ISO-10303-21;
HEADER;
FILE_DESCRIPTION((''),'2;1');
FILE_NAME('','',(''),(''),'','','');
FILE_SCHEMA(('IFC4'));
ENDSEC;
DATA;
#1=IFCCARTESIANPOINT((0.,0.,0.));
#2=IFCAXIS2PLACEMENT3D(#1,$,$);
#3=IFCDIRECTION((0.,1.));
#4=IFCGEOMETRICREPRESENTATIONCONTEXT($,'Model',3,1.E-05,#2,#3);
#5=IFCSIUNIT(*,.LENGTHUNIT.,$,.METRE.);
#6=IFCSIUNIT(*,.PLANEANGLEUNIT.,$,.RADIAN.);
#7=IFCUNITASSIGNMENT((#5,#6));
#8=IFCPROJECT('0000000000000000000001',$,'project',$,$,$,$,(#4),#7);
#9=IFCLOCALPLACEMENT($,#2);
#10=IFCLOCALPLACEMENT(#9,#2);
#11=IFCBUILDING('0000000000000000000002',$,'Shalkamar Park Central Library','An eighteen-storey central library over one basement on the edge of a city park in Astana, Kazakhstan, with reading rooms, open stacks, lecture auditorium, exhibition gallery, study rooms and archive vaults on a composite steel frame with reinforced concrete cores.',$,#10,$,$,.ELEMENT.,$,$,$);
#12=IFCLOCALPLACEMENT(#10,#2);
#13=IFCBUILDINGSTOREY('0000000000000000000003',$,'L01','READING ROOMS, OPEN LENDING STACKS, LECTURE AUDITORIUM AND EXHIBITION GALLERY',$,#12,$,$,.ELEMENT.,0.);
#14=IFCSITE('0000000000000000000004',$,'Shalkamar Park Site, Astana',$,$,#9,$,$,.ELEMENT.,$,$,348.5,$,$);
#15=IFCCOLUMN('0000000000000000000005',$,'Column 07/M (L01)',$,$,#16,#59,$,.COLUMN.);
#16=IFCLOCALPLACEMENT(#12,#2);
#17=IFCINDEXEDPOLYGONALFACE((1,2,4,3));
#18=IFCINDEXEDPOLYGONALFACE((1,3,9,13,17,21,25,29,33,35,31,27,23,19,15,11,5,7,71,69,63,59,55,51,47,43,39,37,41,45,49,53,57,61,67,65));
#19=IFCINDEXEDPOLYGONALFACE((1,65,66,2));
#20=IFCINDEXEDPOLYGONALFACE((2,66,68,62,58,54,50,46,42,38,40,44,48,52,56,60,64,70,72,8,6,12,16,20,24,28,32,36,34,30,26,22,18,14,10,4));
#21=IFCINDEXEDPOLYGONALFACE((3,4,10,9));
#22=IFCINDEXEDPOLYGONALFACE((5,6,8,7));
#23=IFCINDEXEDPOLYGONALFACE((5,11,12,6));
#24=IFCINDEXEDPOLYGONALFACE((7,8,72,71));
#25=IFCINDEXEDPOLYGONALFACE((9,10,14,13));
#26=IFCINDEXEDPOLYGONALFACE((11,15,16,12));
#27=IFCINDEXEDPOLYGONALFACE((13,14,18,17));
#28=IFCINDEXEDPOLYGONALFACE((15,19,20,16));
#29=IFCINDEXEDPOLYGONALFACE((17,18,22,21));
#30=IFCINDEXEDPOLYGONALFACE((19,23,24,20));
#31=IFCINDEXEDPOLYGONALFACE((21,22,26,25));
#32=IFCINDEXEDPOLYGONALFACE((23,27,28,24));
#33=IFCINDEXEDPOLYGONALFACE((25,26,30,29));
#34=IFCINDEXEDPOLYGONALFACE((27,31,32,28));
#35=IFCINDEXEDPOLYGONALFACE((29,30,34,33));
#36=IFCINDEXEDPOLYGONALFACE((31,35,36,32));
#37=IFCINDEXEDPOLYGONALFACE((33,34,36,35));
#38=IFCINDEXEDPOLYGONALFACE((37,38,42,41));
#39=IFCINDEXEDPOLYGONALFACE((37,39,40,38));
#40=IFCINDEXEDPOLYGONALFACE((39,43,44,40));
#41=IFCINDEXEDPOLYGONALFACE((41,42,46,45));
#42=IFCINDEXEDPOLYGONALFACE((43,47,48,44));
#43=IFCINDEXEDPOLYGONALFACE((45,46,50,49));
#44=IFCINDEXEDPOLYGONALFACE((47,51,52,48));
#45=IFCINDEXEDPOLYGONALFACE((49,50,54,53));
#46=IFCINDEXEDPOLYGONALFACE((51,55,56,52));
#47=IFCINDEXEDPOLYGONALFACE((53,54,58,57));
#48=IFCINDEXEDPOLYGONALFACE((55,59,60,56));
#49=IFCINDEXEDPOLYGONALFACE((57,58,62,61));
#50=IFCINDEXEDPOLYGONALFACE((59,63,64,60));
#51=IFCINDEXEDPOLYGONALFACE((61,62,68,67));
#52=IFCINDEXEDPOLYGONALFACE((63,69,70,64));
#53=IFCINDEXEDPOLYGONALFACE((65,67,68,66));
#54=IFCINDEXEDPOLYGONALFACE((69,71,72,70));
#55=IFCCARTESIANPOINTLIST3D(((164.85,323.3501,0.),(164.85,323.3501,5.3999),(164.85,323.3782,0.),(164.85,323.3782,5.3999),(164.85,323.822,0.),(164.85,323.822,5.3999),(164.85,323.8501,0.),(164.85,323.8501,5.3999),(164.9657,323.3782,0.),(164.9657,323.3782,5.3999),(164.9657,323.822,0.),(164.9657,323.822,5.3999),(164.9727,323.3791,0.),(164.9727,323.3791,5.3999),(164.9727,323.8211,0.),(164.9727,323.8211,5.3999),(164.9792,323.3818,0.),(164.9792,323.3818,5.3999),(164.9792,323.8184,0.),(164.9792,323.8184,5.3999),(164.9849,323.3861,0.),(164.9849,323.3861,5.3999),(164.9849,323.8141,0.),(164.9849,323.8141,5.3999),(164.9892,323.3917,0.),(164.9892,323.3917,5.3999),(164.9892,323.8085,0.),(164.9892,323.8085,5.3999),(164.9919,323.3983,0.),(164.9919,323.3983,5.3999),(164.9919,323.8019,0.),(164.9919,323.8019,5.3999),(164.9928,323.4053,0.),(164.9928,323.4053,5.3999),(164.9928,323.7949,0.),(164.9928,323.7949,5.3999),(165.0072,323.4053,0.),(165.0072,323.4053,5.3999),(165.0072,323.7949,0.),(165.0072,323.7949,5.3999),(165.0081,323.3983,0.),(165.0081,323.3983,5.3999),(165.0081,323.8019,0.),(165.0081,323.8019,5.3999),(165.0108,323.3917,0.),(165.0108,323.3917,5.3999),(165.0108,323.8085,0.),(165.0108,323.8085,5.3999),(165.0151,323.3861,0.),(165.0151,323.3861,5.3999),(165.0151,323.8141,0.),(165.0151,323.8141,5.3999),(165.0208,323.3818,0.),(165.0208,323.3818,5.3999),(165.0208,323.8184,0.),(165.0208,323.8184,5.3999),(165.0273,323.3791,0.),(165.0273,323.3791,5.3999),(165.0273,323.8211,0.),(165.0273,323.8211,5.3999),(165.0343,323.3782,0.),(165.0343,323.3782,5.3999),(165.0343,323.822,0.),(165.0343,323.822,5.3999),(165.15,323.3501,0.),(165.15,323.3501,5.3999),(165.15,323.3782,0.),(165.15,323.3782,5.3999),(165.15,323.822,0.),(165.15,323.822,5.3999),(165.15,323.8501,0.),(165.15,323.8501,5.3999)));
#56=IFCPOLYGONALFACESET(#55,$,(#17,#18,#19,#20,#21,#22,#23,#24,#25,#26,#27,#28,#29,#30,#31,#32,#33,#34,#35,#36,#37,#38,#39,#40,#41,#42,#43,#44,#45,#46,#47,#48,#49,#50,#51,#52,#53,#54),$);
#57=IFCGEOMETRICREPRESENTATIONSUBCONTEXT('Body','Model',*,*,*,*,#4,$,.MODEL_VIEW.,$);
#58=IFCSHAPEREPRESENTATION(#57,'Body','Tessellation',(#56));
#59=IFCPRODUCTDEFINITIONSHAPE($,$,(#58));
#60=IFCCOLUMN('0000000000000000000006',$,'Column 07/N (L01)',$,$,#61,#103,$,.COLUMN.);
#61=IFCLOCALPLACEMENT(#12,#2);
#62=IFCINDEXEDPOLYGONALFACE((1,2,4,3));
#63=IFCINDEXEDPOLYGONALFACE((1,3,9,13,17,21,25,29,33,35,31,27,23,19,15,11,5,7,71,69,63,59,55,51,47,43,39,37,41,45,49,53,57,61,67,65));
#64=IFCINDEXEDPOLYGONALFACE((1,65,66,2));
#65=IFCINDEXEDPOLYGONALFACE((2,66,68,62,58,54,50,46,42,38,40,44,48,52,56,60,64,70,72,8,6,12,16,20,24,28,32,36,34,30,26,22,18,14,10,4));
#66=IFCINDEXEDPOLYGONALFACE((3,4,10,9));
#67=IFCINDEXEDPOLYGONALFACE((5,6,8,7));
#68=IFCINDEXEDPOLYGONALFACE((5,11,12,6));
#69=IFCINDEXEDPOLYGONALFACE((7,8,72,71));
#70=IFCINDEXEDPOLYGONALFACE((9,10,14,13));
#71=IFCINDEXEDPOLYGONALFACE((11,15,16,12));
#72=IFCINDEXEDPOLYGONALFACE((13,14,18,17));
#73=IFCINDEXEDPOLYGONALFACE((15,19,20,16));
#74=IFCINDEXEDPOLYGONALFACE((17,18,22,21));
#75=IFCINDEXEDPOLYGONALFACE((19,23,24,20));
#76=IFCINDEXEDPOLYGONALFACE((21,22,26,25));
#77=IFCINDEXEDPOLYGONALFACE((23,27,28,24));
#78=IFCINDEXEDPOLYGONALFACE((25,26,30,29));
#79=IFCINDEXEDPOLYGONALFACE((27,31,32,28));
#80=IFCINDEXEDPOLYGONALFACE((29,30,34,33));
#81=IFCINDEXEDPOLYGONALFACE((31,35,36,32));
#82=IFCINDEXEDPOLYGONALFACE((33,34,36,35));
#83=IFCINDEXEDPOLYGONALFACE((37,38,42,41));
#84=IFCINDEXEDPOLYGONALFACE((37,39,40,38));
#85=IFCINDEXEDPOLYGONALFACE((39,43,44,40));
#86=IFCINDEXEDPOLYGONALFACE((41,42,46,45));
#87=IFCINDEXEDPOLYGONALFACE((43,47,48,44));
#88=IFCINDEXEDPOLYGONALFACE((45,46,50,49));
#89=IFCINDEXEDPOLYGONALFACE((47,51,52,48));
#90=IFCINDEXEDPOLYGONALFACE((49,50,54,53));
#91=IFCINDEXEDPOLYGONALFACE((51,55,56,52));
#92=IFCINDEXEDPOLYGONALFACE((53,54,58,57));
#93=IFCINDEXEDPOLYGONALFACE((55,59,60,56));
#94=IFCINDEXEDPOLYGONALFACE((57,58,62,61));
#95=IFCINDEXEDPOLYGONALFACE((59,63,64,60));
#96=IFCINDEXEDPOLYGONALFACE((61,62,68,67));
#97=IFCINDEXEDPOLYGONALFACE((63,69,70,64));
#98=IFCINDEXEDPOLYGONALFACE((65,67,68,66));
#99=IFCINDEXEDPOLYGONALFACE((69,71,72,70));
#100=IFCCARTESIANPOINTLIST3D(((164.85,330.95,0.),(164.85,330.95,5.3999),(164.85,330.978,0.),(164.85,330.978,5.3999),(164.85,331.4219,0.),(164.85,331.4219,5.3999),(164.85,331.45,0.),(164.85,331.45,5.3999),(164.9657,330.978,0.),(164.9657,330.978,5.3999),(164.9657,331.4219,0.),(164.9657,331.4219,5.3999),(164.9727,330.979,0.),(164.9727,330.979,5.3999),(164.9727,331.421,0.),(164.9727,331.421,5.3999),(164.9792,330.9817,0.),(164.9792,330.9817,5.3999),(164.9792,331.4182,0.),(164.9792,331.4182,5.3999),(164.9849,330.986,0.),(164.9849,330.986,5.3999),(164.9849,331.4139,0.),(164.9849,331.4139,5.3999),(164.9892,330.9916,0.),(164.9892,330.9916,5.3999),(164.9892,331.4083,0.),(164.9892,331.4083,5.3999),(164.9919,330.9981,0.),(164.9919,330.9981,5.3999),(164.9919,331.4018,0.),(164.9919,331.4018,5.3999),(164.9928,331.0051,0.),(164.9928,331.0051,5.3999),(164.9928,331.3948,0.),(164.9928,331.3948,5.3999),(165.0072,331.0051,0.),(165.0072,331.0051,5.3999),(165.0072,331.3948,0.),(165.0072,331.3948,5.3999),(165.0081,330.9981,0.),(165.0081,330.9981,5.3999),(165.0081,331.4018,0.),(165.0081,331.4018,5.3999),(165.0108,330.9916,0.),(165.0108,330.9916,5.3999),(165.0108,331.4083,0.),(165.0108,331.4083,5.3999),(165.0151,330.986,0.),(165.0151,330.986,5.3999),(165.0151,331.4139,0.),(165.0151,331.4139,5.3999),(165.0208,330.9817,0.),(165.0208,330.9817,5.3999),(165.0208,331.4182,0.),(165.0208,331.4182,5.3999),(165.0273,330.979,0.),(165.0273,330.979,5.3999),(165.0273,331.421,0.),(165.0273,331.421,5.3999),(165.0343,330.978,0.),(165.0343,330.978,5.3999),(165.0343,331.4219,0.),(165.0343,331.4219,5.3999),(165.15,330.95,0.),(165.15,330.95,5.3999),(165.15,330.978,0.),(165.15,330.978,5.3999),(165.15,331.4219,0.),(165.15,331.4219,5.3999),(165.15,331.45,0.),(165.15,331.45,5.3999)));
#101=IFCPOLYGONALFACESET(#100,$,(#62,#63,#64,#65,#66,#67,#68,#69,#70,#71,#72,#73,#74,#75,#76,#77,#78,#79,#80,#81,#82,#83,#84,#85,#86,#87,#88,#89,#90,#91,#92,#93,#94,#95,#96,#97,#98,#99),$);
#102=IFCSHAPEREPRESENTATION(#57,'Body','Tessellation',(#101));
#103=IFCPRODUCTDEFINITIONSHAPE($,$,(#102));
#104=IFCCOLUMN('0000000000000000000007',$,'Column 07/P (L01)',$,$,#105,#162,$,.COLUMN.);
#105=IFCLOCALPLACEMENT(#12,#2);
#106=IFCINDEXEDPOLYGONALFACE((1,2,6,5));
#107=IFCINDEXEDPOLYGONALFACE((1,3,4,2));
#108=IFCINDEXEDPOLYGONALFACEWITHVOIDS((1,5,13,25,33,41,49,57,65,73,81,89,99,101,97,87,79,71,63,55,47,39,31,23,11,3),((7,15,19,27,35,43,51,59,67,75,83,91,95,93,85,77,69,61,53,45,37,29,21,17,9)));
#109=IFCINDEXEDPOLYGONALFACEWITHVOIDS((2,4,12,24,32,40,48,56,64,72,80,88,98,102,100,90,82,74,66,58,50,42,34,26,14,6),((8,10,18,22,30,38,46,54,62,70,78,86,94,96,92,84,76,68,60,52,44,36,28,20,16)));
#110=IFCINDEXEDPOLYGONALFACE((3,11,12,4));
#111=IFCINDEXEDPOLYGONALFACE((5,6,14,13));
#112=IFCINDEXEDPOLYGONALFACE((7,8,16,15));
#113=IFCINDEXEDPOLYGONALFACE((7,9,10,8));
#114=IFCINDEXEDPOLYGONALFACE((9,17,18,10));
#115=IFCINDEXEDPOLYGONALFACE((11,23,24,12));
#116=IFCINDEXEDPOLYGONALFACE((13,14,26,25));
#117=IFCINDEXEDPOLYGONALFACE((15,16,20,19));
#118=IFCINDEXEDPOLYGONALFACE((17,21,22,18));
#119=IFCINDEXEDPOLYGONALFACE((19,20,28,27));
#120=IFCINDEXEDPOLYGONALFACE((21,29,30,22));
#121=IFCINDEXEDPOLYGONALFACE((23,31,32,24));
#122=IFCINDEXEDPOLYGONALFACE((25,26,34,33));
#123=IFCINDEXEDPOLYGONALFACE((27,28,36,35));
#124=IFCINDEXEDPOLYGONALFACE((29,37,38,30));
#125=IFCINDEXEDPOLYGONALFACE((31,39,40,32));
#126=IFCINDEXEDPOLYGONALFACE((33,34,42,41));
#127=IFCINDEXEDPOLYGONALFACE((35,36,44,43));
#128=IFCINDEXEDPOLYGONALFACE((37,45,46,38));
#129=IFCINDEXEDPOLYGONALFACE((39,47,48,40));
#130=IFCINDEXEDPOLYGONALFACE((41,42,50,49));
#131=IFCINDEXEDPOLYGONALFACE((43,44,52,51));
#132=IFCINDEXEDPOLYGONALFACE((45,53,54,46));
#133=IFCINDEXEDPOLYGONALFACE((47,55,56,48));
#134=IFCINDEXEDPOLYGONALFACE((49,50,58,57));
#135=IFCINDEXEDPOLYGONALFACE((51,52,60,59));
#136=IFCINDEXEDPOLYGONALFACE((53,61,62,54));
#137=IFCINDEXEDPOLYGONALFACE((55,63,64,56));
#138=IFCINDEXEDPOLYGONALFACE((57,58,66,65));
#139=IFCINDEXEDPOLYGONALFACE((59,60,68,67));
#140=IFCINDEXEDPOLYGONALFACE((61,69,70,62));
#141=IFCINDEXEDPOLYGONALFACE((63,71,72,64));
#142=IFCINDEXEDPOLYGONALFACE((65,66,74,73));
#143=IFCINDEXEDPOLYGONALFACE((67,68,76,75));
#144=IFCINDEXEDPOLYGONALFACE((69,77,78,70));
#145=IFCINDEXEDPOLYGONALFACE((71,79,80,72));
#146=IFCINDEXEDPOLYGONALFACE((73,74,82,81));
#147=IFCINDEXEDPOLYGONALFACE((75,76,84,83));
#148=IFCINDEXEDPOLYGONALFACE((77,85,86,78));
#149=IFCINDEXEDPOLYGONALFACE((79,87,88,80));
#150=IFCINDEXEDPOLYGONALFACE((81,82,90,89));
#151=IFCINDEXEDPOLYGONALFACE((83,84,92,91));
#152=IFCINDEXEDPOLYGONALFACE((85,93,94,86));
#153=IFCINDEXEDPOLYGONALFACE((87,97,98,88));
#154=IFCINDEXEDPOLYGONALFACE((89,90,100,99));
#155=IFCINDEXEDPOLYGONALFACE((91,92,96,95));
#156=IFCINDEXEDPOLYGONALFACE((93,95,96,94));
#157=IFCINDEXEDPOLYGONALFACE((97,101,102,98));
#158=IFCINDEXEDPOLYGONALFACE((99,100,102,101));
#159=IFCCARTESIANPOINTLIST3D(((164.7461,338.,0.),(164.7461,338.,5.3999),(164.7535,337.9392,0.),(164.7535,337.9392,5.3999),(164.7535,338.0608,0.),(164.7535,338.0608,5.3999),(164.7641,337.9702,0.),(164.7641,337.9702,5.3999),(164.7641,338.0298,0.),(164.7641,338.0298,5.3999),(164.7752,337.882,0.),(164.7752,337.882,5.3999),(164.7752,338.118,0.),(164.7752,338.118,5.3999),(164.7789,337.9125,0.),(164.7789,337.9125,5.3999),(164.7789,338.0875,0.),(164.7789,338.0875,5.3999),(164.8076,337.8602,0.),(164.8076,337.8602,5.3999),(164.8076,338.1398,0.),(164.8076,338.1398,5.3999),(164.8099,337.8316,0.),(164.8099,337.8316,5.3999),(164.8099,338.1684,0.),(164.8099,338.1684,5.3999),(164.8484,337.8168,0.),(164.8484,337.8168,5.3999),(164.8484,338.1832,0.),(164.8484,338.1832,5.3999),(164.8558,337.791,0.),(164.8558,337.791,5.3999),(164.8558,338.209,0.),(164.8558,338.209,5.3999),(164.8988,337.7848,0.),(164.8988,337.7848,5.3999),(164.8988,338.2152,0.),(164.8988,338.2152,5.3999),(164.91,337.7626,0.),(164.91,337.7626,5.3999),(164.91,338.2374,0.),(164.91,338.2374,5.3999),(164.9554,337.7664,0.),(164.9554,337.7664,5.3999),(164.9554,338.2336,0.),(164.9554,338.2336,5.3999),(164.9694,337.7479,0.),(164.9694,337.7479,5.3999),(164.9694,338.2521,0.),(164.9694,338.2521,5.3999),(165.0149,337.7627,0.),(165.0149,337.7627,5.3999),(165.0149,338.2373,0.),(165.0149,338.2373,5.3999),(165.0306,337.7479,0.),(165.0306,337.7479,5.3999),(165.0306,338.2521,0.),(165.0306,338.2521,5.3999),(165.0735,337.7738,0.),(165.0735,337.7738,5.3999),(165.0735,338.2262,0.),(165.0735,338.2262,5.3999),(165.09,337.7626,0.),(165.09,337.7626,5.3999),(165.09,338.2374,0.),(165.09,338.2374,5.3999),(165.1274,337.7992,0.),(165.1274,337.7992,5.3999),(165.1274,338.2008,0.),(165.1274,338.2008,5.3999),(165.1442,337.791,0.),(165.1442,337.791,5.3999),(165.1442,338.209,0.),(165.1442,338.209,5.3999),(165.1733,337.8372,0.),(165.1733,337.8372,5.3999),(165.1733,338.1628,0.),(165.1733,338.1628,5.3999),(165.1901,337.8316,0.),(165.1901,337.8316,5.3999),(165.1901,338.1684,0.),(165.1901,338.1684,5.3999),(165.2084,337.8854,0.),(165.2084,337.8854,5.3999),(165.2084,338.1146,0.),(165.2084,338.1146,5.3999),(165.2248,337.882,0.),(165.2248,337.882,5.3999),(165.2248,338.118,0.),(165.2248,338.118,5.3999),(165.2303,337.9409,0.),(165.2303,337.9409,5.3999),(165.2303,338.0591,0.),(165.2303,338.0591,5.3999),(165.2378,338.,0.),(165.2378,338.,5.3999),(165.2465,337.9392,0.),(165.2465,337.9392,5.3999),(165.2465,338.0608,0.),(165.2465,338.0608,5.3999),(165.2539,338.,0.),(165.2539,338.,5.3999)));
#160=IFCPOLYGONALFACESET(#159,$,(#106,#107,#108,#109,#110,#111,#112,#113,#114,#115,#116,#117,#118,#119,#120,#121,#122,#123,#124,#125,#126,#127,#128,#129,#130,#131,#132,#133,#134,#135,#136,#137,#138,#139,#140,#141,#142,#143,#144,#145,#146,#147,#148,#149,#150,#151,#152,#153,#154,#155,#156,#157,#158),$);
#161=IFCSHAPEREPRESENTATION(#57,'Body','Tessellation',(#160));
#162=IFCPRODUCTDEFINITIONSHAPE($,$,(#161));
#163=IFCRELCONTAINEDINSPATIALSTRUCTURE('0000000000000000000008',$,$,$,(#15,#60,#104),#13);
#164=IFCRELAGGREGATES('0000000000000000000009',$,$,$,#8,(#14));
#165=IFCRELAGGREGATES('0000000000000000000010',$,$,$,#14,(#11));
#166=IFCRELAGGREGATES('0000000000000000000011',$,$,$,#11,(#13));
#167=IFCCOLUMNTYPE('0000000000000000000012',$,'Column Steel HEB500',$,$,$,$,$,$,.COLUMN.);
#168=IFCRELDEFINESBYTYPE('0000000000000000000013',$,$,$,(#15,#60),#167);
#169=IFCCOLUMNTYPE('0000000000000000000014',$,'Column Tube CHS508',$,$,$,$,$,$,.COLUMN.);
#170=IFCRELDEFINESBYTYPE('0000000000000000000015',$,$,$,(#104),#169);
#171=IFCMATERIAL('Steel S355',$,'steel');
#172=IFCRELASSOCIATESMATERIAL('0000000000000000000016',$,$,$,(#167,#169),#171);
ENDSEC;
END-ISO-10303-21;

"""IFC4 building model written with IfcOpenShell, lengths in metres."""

from ifc_helpers import new_model, si_unit, direction, frame, origin, origin_2d, place, context, subcontext, project, spatial, hollow_circle, i_section, extrude, material, material_profile, profile_set, type_object, element, save


model = new_model("IFC4")

# Units and contexts
model_context = context("Model", 3, precision=1e-05, world=origin(), true_north=direction((0.0, 1.0)))
body_context = subcontext(model_context, "Body", "Model", "MODEL_VIEW")
ifc_project = project(units=[si_unit("LENGTHUNIT", "METRE"), si_unit("PLANEANGLEUNIT", "RADIAN")], contexts=[model_context])

# Site, building, storey
site_placement = place(None, origin())
site = spatial("IfcSite", under=ifc_project, at=site_placement, Name="Shalkamar Park Site, Astana", CompositionType="ELEMENT", RefElevation=348.5)
building_placement = place(site_placement, origin())
building = spatial("IfcBuilding", under=site, at=building_placement, Name="Shalkamar Park Central Library", Description="An eighteen-storey central library over one basement on the edge of a city park in Astana, Kazakhstan, with reading rooms, open stacks, lecture auditorium, exhibition gallery, study rooms and archive vaults on a composite steel frame with reinforced concrete cores.", CompositionType="ELEMENT")
storey_placement = place(building_placement, origin())
storey = spatial("IfcBuildingStorey", under=building, at=storey_placement, Name="L01", Description="READING ROOMS, OPEN LENDING STACKS, LECTURE AUDITORIUM AND EXHIBITION GALLERY", CompositionType="ELEMENT", Elevation=0.0)

# Columns
ifc_material_1 = material(Name="Steel S355", Category="steel")
ifc_material_profile_1 = material_profile(ifc_material_1, i_section(OverallWidth=0.3, OverallDepth=0.5, WebThickness=0.0144, FlangeThickness=0.0281, FilletRadius=0.0271, at=origin_2d()), Name="HEB 500")
ifc_profile_set_1 = profile_set([ifc_material_profile_1], Name="Steel S355")
column_type_1 = type_object("IfcColumnType", Name="Column Steel HEB500", PredefinedType="COLUMN", material=ifc_profile_set_1)
for number, where, z_axis, x_axis, name in (
    (1, (165.0, 323.6001, 0.0), (0.0, 0.0, 1.0), (1.0, 0.0, 0.0), "Column 07/M (L01)"),
    (2, (165.0, 331.2, 0.0), (0.0, 0.0, 1.0), (1.0, 0.0, 0.0), "Column 07/N (L01)"),
):
    element("IfcColumn", number, at=place(storey_placement, frame(where, z_axis=z_axis, x_axis=x_axis)), inside=storey, type_object=column_type_1, Name=name, PredefinedType="COLUMN", context=body_context, shape_type="SweptSolid", body=[
        extrude(i_section(OverallWidth=0.3, OverallDepth=0.5, WebThickness=0.0144, FlangeThickness=0.0281, FilletRadius=0.0271, at=origin_2d()), origin(), (0.0, 0.0, 1.0), 5.3999),
    ])
ifc_material_profile_2 = material_profile(ifc_material_1, hollow_circle(Radius=0.2539, WallThickness=0.0161, at=origin_2d()), Name="CHS 508x16")
ifc_profile_set_2 = profile_set([ifc_material_profile_2], Name="Steel S355")
column_type_2 = type_object("IfcColumnType", Name="Column Tube CHS508", PredefinedType="COLUMN", material=ifc_profile_set_2)
for number, where, z_axis, x_axis, name in (
    (3, (165.0, 338.0, 0.0), (0.0, 0.0, 1.0), (1.0, 0.0, 0.0), "Column 07/P (L01)"),
):
    element("IfcColumn", number, at=place(storey_placement, frame(where, z_axis=z_axis, x_axis=x_axis)), inside=storey, type_object=column_type_2, Name=name, PredefinedType="COLUMN", context=body_context, shape_type="SweptSolid", body=[
        extrude(hollow_circle(Radius=0.2539, WallThickness=0.0161, at=origin_2d()), origin(), (0.0, 0.0, 1.0), 5.3999),
    ])

save(model, "model.ifc")
